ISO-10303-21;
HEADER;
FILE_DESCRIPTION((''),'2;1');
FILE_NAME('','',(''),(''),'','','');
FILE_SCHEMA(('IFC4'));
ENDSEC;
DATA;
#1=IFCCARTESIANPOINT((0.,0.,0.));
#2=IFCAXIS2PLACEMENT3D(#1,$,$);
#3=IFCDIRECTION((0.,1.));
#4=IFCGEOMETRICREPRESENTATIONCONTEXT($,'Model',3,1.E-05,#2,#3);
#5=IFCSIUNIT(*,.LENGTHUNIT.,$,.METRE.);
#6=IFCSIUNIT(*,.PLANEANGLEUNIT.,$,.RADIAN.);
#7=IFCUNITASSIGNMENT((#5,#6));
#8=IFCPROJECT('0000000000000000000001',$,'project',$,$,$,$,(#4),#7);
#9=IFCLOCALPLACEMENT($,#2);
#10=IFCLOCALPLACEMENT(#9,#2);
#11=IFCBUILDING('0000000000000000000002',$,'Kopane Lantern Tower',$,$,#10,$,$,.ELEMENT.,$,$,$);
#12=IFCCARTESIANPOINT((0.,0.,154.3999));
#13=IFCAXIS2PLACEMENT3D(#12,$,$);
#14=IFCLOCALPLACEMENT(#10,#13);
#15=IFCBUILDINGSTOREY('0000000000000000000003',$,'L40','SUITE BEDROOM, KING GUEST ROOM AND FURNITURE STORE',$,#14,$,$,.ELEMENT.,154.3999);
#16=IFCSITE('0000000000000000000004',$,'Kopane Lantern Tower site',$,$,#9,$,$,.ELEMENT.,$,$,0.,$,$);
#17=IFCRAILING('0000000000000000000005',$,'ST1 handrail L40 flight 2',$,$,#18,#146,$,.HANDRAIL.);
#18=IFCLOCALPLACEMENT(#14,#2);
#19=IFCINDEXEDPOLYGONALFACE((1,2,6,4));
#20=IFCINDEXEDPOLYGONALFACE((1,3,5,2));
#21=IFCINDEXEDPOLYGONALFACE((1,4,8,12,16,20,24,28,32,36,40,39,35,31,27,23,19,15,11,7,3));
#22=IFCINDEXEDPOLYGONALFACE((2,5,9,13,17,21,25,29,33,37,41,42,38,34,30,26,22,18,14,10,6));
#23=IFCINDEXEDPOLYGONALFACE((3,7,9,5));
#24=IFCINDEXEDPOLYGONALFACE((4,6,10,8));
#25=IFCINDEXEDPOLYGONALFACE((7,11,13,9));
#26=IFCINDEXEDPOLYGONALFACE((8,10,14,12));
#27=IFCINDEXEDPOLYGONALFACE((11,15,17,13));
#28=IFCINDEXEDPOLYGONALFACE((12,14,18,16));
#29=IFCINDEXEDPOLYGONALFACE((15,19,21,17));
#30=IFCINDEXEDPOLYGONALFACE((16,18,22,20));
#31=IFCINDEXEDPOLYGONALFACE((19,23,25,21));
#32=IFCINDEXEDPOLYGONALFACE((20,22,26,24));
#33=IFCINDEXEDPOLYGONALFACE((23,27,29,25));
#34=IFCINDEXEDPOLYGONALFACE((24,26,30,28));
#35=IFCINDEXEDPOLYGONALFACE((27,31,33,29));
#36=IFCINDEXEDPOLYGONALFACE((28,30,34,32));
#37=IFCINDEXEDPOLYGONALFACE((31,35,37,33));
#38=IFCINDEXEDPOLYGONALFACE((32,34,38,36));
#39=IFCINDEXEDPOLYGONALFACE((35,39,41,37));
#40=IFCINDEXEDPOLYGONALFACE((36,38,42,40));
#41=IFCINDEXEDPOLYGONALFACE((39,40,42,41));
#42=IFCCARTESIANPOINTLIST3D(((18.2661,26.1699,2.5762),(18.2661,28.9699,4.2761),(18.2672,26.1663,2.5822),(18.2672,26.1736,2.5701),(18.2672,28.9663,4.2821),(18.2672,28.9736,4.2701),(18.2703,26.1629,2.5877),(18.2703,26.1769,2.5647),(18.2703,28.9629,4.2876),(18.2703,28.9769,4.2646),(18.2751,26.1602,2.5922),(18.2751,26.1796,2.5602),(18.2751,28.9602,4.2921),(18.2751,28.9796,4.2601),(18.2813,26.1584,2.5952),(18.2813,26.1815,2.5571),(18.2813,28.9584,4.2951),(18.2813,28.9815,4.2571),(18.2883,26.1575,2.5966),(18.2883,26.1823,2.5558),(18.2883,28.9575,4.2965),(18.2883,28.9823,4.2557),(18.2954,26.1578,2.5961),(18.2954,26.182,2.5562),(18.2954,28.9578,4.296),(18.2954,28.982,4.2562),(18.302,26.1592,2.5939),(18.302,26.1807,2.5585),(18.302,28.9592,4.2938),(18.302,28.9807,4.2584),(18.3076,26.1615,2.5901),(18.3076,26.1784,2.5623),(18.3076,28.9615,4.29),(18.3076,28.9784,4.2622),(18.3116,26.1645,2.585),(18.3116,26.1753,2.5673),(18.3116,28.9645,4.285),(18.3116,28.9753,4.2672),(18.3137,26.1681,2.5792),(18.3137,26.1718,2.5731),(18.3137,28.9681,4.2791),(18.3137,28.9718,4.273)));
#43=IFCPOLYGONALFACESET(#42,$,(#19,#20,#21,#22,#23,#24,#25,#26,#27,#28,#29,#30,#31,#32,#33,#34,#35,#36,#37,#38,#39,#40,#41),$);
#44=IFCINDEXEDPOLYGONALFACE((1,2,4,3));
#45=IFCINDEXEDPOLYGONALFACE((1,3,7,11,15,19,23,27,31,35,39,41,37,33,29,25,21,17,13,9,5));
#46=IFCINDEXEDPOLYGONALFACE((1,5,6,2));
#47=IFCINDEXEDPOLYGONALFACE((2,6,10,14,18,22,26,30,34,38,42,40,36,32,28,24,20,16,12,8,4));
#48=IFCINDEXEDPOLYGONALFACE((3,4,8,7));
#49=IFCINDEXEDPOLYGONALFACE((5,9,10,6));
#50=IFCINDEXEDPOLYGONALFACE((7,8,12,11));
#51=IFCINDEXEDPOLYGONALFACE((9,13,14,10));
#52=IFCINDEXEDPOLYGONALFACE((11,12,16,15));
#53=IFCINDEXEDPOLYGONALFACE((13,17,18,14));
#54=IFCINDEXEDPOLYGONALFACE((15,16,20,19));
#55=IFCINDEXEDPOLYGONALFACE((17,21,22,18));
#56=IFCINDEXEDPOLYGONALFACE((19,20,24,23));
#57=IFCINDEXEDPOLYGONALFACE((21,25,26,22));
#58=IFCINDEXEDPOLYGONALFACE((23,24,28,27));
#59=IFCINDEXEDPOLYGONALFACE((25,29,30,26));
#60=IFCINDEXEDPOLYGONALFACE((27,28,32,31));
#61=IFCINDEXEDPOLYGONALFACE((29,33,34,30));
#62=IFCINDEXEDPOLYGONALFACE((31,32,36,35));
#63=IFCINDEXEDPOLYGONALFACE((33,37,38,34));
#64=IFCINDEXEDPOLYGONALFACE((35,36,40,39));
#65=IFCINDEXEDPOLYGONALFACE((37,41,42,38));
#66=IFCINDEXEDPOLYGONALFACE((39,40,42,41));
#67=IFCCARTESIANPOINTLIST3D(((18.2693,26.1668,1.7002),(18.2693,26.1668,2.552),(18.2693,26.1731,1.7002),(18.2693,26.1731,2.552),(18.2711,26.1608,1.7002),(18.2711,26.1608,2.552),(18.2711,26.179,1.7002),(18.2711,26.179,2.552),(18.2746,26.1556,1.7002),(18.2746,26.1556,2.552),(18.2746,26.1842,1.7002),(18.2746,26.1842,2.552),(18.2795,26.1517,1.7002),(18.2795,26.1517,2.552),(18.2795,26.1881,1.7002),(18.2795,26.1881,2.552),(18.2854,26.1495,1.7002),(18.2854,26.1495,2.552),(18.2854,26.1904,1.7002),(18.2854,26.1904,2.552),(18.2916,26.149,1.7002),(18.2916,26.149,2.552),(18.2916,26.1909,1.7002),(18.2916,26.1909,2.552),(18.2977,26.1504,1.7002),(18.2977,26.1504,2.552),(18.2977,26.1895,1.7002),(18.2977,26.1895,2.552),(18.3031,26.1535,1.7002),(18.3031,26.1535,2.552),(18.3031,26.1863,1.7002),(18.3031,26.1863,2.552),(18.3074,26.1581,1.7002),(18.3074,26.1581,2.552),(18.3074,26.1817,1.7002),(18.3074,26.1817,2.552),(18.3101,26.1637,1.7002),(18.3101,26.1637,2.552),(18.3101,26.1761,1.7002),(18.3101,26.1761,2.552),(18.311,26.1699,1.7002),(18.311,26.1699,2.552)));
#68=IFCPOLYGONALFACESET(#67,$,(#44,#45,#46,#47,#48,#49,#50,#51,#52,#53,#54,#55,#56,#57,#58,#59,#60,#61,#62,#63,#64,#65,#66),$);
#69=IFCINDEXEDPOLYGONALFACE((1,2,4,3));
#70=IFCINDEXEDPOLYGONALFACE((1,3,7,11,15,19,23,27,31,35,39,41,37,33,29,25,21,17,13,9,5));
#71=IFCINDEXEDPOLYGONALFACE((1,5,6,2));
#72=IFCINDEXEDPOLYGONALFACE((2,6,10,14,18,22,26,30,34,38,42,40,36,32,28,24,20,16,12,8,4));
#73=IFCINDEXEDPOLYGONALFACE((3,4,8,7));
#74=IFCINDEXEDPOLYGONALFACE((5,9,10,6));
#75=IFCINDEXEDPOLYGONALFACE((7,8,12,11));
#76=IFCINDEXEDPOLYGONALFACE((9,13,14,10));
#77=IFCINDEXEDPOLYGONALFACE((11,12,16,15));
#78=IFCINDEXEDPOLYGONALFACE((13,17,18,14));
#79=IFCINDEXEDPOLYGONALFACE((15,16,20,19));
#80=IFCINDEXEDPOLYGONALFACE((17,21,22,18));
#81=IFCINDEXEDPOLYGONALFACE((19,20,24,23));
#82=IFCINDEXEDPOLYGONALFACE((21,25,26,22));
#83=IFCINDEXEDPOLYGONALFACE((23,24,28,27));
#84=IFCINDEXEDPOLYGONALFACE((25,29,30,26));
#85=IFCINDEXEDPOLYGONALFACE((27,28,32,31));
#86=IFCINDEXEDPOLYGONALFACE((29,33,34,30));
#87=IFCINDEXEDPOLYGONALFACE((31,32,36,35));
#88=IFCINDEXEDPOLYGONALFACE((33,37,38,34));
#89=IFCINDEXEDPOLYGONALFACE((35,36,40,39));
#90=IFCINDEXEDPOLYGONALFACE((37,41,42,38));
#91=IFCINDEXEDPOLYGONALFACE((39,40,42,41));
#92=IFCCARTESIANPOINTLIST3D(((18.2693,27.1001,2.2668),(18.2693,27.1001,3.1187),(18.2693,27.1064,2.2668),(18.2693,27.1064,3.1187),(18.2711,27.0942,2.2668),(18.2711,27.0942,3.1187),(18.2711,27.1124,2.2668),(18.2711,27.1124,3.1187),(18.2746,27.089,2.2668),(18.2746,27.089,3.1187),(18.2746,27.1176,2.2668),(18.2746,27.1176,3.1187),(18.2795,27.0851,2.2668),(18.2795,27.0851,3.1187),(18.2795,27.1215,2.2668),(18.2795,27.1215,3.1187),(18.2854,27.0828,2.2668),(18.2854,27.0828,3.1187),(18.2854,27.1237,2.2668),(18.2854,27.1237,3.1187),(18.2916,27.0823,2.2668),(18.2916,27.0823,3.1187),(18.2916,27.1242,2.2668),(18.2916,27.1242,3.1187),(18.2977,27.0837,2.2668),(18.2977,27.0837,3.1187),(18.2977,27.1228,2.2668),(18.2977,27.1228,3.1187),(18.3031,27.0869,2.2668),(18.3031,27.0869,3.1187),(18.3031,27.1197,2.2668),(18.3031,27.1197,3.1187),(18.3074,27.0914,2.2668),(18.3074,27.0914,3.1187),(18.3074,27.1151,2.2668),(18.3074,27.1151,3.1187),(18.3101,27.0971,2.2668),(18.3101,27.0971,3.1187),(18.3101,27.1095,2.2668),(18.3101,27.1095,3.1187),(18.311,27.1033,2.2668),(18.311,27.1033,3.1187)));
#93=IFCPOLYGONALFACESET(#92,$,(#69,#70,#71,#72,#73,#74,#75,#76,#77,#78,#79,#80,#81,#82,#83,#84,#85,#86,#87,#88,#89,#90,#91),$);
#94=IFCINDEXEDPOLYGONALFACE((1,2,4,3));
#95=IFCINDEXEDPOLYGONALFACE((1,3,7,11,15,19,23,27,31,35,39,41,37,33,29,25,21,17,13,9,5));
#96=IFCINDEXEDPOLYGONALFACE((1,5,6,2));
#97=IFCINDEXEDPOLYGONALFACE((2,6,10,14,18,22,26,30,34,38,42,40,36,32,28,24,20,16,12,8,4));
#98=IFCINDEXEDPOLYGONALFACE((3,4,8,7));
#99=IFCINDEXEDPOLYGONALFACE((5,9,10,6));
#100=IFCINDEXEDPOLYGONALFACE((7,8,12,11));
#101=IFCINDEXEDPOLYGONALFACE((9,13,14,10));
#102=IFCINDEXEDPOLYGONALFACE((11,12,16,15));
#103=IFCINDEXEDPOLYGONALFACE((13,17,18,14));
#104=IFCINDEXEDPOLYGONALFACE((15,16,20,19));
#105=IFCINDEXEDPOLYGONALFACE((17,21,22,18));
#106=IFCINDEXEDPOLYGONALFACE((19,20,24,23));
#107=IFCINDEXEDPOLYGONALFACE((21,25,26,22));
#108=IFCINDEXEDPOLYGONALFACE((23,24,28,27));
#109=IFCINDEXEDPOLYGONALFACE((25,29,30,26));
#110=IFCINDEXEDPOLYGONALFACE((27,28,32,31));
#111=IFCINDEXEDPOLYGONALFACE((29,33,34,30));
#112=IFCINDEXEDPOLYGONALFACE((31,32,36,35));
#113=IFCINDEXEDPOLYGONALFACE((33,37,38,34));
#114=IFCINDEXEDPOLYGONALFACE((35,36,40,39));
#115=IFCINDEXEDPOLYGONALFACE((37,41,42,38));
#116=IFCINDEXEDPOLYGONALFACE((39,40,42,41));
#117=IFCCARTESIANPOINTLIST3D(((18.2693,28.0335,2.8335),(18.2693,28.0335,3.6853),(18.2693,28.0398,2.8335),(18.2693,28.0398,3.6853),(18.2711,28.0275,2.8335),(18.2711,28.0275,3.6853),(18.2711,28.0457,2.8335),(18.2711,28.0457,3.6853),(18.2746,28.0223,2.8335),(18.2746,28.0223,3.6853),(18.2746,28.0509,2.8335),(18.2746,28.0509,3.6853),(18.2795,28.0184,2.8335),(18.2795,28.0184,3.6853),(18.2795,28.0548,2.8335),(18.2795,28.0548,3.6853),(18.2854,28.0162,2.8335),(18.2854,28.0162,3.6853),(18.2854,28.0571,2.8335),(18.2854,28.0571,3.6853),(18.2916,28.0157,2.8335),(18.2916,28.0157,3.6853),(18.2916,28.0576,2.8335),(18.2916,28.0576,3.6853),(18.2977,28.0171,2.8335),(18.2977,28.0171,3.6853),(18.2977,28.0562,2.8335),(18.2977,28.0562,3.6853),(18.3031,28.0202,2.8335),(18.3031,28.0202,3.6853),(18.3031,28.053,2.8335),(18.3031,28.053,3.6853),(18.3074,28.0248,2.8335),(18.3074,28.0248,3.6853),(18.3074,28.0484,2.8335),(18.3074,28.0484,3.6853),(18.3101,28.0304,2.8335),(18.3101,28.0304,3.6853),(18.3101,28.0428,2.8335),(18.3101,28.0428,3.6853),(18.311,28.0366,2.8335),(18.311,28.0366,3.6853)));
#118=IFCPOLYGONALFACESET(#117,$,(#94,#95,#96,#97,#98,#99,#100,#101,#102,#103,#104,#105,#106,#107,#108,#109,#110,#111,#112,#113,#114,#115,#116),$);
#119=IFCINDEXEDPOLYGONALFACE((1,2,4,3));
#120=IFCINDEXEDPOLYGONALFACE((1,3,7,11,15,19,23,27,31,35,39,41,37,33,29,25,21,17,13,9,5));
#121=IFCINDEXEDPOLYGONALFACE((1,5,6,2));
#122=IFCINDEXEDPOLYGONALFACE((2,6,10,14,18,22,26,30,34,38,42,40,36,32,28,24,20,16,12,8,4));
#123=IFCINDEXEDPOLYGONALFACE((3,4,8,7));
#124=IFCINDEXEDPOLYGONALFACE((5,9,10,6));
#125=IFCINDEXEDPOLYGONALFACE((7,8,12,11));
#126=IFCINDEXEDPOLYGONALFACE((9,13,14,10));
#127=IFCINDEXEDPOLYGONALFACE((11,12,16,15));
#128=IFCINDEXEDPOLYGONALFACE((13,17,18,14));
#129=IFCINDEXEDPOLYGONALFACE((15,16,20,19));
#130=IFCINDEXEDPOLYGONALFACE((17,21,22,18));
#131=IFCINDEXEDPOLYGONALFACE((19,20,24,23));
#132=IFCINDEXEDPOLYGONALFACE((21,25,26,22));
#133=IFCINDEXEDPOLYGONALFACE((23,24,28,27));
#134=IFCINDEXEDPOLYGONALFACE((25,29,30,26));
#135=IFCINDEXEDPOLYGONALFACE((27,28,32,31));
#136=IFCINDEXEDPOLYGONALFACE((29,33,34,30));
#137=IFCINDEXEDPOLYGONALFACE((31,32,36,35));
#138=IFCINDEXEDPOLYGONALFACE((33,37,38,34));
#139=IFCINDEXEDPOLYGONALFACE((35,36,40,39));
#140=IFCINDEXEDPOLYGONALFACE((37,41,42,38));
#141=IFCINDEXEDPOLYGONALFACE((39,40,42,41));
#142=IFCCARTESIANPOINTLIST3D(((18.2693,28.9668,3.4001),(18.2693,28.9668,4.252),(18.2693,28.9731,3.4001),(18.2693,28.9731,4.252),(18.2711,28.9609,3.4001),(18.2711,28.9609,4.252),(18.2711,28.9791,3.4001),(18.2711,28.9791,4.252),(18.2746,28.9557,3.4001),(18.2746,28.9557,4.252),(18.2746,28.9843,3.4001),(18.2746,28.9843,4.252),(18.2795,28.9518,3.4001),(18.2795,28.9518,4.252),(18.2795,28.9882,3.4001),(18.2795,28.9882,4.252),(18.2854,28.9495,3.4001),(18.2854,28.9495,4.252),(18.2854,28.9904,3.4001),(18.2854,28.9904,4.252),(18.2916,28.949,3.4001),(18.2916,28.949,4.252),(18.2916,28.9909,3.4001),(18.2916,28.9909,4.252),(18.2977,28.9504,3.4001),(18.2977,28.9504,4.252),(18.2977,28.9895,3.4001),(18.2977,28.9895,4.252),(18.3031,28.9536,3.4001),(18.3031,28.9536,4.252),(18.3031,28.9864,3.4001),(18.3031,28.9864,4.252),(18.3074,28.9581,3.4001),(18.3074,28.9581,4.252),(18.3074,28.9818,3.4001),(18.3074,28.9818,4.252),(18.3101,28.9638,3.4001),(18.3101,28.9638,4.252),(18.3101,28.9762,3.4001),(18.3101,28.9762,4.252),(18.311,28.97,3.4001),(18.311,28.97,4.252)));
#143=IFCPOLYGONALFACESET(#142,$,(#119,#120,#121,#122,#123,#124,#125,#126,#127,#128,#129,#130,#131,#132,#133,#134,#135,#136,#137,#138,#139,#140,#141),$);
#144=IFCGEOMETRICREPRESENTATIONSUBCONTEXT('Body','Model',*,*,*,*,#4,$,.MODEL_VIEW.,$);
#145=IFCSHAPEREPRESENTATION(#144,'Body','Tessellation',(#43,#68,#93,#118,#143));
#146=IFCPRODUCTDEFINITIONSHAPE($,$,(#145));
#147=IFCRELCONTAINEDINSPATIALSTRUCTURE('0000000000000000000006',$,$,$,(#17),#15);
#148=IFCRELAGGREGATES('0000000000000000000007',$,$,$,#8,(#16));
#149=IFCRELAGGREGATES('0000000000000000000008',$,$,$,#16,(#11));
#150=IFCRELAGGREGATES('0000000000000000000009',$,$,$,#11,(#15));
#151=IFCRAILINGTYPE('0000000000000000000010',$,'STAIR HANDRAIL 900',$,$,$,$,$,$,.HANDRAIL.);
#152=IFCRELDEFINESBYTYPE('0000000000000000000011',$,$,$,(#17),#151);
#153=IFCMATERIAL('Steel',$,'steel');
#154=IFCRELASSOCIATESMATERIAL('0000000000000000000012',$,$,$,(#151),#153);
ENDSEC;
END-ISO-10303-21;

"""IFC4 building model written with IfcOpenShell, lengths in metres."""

from ifc_helpers import new_model, si_unit, direction, frame, origin, origin_2d, place, context, subcontext, project, spatial, circle, extrude, material, type_object, element, save


model = new_model("IFC4")

# Units and contexts
model_context = context("Model", 3, precision=1e-05, world=origin(), true_north=direction((0.0, 1.0)))
body_context = subcontext(model_context, "Body", "Model", "MODEL_VIEW")
ifc_project = project(units=[si_unit("LENGTHUNIT", "METRE"), si_unit("PLANEANGLEUNIT", "RADIAN")], contexts=[model_context])

# Site, building, storey
site_placement = place(None, origin())
site = spatial("IfcSite", under=ifc_project, at=site_placement, Name="Kopane Lantern Tower site", CompositionType="ELEMENT", RefElevation=0.0)
building_placement = place(site_placement, origin())
building = spatial("IfcBuilding", under=site, at=building_placement, Name="Kopane Lantern Tower", CompositionType="ELEMENT")
storey_placement = place(building_placement, frame((0.0, 0.0, 154.3999)))
storey = spatial("IfcBuildingStorey", under=building, at=storey_placement, Name="L40", Description="SUITE BEDROOM, KING GUEST ROOM AND FURNITURE STORE", CompositionType="ELEMENT", Elevation=154.3999)

# Railing
ifc_material_1 = material(Name="Steel", Category="steel")
railing_type_1 = type_object("IfcRailingType", Name="STAIR HANDRAIL 900", PredefinedType="HANDRAIL", material=ifc_material_1)
for number, where, name in (
    (1, (18.29, 26.1699, 1.7002), "ST1 handrail L40 flight 2"),
):
    element("IfcRailing", number, at=place(storey_placement, frame(where)), inside=storey, type_object=railing_type_1, Name=name, PredefinedType="HANDRAIL", context=body_context, shape_type="SweptSolid", body=[
        extrude(circle(Radius=0.0239, at=origin_2d()), frame((0.0, 0.0, 0.876), z_axis=(0.0, 0.854798, 0.518961), x_axis=(-1.0, 0.0, 0.0)), (0.0, 0.0, 1.0), 3.2756),
        extrude(circle(Radius=0.021, at=origin_2d()), origin(), (0.0, 0.0, 1.0), 0.8518),
        extrude(circle(Radius=0.021, at=origin_2d()), frame((0.0, 0.9333, 0.5667)), (0.0, 0.0, 1.0), 0.8518),
        extrude(circle(Radius=0.021, at=origin_2d()), frame((0.0, 1.8667, 1.1333)), (0.0, 0.0, 1.0), 0.8518),
        extrude(circle(Radius=0.021, at=origin_2d()), frame((0.0, 2.8, 1.7)), (0.0, 0.0, 1.0), 0.8518),
    ])

save(model, "model.ifc")
